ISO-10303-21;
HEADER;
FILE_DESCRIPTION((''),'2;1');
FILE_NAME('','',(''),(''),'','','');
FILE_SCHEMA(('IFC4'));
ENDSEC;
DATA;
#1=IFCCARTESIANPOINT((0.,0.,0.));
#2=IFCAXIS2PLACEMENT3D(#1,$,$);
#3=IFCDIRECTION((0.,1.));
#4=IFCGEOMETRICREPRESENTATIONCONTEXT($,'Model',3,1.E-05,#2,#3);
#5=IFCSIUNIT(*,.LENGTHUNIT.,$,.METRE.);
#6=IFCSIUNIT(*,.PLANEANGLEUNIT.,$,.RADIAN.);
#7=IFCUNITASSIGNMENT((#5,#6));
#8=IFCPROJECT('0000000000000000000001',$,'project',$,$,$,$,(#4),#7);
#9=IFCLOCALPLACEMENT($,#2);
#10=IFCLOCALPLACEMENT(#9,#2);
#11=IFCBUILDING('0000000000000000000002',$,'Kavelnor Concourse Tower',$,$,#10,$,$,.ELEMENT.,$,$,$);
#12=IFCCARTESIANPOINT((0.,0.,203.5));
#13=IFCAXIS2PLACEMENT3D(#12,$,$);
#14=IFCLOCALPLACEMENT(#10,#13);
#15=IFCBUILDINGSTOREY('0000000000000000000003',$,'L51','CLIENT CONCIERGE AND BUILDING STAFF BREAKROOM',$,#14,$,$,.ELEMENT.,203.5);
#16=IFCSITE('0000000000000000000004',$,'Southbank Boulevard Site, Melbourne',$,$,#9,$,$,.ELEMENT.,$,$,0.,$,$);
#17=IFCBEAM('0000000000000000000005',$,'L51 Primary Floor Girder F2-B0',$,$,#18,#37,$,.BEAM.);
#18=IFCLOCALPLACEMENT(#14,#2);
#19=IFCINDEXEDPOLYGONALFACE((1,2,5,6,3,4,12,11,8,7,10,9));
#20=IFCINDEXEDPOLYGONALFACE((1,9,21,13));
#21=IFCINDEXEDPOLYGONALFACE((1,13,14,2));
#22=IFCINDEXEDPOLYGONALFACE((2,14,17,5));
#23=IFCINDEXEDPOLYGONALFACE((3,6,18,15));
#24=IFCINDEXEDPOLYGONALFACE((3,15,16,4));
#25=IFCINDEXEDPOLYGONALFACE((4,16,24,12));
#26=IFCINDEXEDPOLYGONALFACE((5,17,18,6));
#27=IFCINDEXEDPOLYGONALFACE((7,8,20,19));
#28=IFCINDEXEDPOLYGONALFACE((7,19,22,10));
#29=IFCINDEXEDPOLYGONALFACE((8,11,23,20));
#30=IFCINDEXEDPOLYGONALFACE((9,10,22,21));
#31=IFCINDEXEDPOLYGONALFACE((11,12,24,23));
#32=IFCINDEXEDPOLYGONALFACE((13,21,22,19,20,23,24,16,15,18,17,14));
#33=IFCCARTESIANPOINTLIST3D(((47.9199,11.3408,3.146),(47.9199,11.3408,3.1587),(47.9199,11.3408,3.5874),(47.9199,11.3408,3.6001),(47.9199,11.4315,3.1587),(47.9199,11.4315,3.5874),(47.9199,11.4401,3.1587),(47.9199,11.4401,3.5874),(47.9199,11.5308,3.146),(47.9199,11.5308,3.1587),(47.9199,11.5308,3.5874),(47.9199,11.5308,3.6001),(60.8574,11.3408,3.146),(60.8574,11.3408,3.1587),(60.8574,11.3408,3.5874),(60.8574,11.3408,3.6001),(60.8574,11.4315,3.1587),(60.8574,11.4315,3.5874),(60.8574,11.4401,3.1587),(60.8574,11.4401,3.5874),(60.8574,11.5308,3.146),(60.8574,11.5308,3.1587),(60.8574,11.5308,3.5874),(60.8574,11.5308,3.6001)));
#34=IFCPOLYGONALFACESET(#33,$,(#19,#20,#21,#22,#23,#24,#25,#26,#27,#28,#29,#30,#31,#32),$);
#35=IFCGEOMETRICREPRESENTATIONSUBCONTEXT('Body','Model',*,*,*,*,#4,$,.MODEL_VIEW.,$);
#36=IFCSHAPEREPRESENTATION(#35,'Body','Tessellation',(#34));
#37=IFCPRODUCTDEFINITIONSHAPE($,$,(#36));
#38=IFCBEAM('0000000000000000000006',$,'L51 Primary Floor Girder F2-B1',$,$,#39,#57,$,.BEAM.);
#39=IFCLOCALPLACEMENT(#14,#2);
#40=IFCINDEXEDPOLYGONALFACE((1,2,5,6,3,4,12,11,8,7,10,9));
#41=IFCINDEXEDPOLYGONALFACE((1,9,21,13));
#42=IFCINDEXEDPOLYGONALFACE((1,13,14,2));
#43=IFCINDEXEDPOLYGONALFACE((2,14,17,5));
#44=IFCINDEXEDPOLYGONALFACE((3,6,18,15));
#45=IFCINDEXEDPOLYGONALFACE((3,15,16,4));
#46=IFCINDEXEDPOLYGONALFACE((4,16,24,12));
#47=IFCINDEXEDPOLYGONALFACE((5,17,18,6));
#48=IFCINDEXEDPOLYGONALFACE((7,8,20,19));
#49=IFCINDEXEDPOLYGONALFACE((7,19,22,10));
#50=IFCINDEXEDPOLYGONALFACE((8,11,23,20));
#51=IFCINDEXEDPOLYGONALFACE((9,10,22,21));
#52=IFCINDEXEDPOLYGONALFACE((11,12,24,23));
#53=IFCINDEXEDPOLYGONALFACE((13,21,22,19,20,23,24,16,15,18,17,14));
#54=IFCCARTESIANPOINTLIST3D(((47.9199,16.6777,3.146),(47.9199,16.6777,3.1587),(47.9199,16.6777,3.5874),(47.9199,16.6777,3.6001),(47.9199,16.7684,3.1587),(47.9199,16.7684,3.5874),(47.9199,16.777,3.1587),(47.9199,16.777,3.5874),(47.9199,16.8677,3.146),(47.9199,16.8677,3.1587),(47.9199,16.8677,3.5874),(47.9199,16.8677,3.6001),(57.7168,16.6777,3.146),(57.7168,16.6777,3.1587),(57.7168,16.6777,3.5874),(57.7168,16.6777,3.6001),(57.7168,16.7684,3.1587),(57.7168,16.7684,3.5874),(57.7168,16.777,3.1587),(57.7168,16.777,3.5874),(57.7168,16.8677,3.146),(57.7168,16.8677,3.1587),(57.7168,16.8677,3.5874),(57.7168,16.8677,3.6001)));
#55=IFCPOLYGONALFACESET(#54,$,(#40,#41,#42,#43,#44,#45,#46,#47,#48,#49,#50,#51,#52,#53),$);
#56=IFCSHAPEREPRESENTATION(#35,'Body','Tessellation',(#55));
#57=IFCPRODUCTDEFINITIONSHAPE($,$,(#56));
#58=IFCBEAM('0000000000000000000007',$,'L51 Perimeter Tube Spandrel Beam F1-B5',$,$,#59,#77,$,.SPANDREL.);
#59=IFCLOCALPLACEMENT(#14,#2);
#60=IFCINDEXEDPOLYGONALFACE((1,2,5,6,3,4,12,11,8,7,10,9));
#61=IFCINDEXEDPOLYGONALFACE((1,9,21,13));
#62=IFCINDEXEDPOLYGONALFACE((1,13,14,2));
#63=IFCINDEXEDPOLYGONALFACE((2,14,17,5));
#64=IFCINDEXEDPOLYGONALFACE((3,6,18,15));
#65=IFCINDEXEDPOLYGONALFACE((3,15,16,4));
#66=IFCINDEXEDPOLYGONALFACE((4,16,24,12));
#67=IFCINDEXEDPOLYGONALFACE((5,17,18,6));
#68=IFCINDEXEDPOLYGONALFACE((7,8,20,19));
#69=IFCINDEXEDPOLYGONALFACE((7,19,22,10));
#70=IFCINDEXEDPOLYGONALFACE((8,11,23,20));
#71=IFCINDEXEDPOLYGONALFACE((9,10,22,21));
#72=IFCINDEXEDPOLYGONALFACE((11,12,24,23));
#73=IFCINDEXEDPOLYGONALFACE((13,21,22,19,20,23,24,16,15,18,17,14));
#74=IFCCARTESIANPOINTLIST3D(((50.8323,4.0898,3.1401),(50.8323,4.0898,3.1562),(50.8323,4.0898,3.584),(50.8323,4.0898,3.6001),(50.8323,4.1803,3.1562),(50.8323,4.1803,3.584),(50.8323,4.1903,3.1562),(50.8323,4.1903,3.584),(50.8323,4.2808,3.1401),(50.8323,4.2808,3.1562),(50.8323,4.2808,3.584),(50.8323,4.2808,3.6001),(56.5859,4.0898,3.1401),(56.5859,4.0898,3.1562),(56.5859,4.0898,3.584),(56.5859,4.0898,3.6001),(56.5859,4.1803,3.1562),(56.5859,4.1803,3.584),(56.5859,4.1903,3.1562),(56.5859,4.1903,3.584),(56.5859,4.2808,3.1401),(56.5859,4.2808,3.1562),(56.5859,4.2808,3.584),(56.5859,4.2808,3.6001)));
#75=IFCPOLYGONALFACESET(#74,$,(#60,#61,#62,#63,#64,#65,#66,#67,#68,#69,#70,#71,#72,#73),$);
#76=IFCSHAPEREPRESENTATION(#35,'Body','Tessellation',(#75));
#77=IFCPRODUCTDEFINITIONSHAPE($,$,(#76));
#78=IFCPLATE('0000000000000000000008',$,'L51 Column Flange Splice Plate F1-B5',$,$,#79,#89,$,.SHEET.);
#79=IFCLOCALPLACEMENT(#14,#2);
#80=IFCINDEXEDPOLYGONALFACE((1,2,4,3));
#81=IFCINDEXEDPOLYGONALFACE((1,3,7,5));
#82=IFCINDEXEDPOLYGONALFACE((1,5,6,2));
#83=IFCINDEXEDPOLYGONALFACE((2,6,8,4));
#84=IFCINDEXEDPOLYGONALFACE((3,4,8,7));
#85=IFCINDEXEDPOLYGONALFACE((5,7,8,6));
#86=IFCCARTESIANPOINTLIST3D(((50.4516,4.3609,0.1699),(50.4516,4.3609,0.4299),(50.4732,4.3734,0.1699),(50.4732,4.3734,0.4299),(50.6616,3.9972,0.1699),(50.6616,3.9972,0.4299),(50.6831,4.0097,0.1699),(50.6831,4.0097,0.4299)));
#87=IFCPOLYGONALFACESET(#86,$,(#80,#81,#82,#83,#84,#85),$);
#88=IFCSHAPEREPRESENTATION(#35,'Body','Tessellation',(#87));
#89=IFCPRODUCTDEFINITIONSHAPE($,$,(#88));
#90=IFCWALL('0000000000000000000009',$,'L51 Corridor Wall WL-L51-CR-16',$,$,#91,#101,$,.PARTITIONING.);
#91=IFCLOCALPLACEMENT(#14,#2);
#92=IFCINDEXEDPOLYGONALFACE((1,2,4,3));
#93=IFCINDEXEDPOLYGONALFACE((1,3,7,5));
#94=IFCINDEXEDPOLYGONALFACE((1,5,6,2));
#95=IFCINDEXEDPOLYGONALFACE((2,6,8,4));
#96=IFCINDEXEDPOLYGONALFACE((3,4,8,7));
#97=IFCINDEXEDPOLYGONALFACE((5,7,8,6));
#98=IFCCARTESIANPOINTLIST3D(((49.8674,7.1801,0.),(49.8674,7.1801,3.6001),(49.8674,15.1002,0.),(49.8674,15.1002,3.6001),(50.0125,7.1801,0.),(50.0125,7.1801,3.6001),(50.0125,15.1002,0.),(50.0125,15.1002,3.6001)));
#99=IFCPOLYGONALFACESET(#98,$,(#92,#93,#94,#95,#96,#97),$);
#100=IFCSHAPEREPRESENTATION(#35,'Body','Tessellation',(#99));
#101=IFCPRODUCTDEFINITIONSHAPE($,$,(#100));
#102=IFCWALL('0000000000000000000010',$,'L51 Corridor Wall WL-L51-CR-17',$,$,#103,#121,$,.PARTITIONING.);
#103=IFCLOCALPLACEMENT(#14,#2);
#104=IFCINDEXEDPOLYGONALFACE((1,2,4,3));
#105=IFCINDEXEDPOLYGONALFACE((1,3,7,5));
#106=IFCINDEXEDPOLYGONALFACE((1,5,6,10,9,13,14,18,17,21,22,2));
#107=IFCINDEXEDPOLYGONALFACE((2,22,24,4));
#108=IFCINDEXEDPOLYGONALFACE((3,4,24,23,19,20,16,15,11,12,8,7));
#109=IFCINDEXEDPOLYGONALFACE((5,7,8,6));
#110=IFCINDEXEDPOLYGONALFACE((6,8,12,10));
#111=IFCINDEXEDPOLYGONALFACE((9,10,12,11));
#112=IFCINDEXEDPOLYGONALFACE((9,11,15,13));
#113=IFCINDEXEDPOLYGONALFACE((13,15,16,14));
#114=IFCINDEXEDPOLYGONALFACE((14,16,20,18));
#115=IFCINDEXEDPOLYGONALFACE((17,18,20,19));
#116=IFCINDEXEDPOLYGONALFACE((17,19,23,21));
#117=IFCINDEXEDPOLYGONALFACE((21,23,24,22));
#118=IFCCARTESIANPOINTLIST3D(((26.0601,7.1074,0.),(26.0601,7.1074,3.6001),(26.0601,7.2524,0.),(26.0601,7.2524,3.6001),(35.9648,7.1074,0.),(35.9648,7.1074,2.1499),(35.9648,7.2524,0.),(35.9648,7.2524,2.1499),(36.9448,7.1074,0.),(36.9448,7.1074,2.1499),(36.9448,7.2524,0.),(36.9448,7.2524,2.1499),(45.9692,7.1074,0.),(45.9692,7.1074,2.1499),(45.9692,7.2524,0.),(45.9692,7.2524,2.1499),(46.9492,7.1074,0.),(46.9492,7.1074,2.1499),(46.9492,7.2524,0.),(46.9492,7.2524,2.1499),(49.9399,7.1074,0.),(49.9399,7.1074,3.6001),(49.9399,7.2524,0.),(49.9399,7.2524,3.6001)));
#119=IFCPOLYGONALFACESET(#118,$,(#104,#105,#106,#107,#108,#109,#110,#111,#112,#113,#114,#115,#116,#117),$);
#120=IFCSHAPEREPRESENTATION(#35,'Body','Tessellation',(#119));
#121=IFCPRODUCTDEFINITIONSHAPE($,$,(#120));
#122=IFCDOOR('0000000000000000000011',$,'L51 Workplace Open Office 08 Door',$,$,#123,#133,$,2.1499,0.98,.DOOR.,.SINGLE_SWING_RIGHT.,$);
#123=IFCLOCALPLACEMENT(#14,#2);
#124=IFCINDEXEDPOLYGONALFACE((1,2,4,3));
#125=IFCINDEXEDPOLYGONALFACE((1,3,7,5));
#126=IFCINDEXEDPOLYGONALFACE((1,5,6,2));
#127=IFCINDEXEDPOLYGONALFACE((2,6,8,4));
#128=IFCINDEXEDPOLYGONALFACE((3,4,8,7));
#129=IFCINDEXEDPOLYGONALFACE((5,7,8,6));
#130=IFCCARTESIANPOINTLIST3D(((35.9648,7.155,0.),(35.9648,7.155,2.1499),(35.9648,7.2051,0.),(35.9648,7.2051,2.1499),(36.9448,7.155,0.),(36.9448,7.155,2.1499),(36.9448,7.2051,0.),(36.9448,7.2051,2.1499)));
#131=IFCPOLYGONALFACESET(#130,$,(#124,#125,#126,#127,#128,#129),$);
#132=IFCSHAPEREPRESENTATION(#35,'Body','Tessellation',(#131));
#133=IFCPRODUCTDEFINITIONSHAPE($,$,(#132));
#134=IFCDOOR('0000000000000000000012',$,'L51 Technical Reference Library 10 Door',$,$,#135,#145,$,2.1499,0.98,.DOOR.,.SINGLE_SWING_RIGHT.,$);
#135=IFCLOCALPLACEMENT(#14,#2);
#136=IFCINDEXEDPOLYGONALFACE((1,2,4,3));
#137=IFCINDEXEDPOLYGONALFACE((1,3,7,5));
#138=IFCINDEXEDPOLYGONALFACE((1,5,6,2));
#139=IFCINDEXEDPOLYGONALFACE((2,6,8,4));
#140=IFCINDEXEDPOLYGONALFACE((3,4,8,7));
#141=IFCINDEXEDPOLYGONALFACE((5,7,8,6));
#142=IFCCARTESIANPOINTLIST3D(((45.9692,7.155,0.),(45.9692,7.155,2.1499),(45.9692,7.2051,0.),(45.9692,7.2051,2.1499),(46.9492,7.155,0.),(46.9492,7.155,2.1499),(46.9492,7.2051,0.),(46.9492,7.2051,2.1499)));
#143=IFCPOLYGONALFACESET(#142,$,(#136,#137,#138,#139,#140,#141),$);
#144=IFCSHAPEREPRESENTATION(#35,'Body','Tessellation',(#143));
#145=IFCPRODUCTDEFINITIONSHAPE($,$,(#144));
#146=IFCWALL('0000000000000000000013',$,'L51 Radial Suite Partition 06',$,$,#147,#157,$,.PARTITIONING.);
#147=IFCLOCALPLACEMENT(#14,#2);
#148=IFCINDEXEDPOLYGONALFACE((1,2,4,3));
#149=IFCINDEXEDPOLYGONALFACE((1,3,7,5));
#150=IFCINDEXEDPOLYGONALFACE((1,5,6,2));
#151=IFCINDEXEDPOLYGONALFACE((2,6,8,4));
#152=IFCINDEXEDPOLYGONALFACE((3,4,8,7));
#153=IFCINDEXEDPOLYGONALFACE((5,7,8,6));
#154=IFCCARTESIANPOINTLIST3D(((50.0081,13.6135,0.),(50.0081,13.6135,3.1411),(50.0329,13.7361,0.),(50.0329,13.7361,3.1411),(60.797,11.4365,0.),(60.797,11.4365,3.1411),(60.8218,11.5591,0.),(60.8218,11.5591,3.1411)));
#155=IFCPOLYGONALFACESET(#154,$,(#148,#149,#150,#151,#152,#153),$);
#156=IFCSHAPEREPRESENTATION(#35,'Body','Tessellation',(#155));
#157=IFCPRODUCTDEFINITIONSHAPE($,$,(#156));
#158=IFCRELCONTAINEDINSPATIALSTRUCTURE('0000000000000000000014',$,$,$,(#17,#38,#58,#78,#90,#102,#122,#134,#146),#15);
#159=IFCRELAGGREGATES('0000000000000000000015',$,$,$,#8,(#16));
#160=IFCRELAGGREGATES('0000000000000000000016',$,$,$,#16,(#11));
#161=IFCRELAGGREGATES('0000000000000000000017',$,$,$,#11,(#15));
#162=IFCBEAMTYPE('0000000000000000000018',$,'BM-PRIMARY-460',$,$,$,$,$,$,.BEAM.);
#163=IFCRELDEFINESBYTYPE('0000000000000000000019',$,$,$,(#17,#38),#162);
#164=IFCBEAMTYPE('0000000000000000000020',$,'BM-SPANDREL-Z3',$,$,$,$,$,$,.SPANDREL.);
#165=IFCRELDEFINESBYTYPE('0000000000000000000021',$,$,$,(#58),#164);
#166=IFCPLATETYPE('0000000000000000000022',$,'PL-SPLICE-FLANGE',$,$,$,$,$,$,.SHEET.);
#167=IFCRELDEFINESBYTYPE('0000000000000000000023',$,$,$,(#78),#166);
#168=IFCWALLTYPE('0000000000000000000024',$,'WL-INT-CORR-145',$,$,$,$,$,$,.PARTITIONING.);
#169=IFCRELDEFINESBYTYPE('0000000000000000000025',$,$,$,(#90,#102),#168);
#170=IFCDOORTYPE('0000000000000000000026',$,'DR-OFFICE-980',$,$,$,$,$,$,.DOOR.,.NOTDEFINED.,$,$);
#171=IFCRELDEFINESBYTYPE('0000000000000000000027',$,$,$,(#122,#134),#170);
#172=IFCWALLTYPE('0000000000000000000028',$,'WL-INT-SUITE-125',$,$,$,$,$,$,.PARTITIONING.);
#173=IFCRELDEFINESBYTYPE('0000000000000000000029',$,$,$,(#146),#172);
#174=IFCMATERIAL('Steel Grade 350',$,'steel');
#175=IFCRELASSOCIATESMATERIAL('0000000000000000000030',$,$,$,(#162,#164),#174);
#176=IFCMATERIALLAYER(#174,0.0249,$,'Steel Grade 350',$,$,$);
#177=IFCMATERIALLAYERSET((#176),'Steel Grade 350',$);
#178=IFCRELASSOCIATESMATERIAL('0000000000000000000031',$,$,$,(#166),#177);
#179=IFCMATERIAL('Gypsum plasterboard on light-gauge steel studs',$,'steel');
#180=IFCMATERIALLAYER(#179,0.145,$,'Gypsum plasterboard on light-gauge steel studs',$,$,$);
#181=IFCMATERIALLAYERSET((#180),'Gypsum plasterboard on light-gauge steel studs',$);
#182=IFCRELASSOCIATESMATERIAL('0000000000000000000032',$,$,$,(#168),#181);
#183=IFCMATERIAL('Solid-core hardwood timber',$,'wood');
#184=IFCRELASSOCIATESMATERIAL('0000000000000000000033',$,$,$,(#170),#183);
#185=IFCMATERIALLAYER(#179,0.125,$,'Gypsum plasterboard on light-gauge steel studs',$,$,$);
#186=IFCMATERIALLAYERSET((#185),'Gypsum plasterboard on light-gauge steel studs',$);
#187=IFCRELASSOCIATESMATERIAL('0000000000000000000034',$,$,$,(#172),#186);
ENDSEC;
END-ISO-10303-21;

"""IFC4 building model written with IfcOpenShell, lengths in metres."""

from ifc_helpers import new_model, si_unit, direction, frame, frame_2d, origin, origin_2d, place, context, subcontext, project, spatial, rectangle, i_section, extrude, material, layer, layer_set, material_profile, profile_set, type_object, element, fill, save


model = new_model("IFC4")

# Units and contexts
model_context = context("Model", 3, precision=1e-05, world=origin(), true_north=direction((0.0, 1.0)))
body_context = subcontext(model_context, "Body", "Model", "MODEL_VIEW")
ifc_project = project(units=[si_unit("LENGTHUNIT", "METRE"), si_unit("PLANEANGLEUNIT", "RADIAN")], contexts=[model_context])

# Site, building, storey
site_placement = place(None, origin())
site = spatial("IfcSite", under=ifc_project, at=site_placement, Name="Southbank Boulevard Site, Melbourne", CompositionType="ELEMENT", RefElevation=0.0)
building_placement = place(site_placement, origin())
building = spatial("IfcBuilding", under=site, at=building_placement, Name="Kavelnor Concourse Tower", CompositionType="ELEMENT")
storey_placement = place(building_placement, frame((0.0, 0.0, 203.5)))
storey = spatial("IfcBuildingStorey", under=building, at=storey_placement, Name="L51", Description="CLIENT CONCIERGE AND BUILDING STAFF BREAKROOM", CompositionType="ELEMENT", Elevation=203.5)

# Shared definitions
ifc_material_1 = material(Name="Steel Grade 350", Category="steel")

# Beams
ifc_material_profile_1 = material_profile(ifc_material_1, i_section(OverallWidth=0.1899, OverallDepth=0.4541, WebThickness=0.0085, FlangeThickness=0.0127, at=origin_2d()), Name="460UB67")
ifc_profile_set_1 = profile_set([ifc_material_profile_1], Name="Steel Grade 350")
beam_type_1 = type_object("IfcBeamType", Name="BM-PRIMARY-460", PredefinedType="BEAM", material=ifc_profile_set_1)
beam_1_placement = place(storey_placement, frame((47.9199, 11.4358, 3.373), z_axis=(1.0, 0.0, 0.0), x_axis=(0.0, 1.0, 0.0)))
element("IfcBeam", 1, at=beam_1_placement, inside=storey, type_object=beam_type_1, Name="L51 Primary Floor Girder F2-B0", PredefinedType="BEAM", context=body_context, shape_type="SweptSolid", body=[
    extrude(i_section(OverallWidth=0.1899, OverallDepth=0.4541, WebThickness=0.0085, FlangeThickness=0.0127, at=origin_2d()), origin(), (0.0, 0.0, 1.0), 12.9375),
])
beam_2_placement = place(storey_placement, frame((47.9199, 16.7727, 3.373), z_axis=(1.0, 0.0, 0.0), x_axis=(0.0, 1.0, 0.0)))
element("IfcBeam", 2, at=beam_2_placement, inside=storey, type_object=beam_type_1, Name="L51 Primary Floor Girder F2-B1", PredefinedType="BEAM", context=body_context, shape_type="SweptSolid", body=[
    extrude(i_section(OverallWidth=0.1899, OverallDepth=0.4541, WebThickness=0.0085, FlangeThickness=0.0127, at=origin_2d()), origin(), (0.0, 0.0, 1.0), 9.7969),
])
ifc_material_profile_2 = material_profile(ifc_material_1, i_section(OverallWidth=0.1909, OverallDepth=0.46, WebThickness=0.01, FlangeThickness=0.0161, at=origin_2d()), Name="460UB82")
ifc_profile_set_2 = profile_set([ifc_material_profile_2], Name="Steel Grade 350")
beam_type_2 = type_object("IfcBeamType", Name="BM-SPANDREL-Z3", PredefinedType="SPANDREL", material=ifc_profile_set_2)
beam_3_placement = place(storey_placement, frame((50.8323, 4.1853, 3.3701), z_axis=(1.0, 0.0, 0.0), x_axis=(0.0, 1.0, 0.0)))
element("IfcBeam", 3, at=beam_3_placement, inside=storey, type_object=beam_type_2, Name="L51 Perimeter Tube Spandrel Beam F1-B5", PredefinedType="SPANDREL", context=body_context, shape_type="SweptSolid", body=[
    extrude(i_section(OverallWidth=0.1909, OverallDepth=0.46, WebThickness=0.01, FlangeThickness=0.0161, at=origin_2d()), origin(), (0.0, 0.0, 1.0), 5.7537),
])

# Plate
ifc_layer_1 = layer(ifc_material_1, 0.0249, Name="Steel Grade 350")
ifc_layer_set_1 = layer_set([ifc_layer_1], Name="Steel Grade 350")
plate_type = type_object("IfcPlateType", Name="PL-SPLICE-FLANGE", PredefinedType="SHEET", material=ifc_layer_set_1)
plate_placement = place(storey_placement, frame((50.5674, 4.1853, 0.1699), z_axis=(0.0, 0.0, 1.0), x_axis=(-0.5, 0.866025, 0.0)))
element("IfcPlate", 4, at=plate_placement, inside=storey, type_object=plate_type, Name="L51 Column Flange Splice Plate F1-B5", PredefinedType="SHEET", context=body_context, shape_type="SweptSolid", body=[
    extrude(rectangle(XDim=0.4199, YDim=0.0249, at=origin_2d()), origin(), (0.0, 0.0, 1.0), 0.26),
])

# Wall
ifc_material_2 = material(Name="Gypsum plasterboard on light-gauge steel studs", Category="steel")
ifc_layer_2 = layer(ifc_material_2, 0.145, Name="Gypsum plasterboard on light-gauge steel studs")
ifc_layer_set_2 = layer_set([ifc_layer_2], Name="Gypsum plasterboard on light-gauge steel studs")
wall_type_1 = type_object("IfcWallType", Name="WL-INT-CORR-145", PredefinedType="PARTITIONING", material=ifc_layer_set_2)
wall_1_placement = place(storey_placement, frame((49.9399, 15.1001, 0.0), z_axis=(0.0, 0.0, 1.0), x_axis=(0.0, -1.0, 0.0)))
element("IfcWall", 5, at=wall_1_placement, inside=storey, type_object=wall_type_1, Name="L51 Corridor Wall WL-L51-CR-16", PredefinedType="PARTITIONING", context=body_context, shape_type="SweptSolid", body=[
    extrude(rectangle(XDim=7.9202, YDim=0.145, at=frame_2d((3.96, 0.0))), origin(), (0.0, 0.0, 1.0), 3.6001),
])

# Wall, openings, doors
wall_2_placement = place(storey_placement, frame((49.9399, 7.1799, 0.0), z_axis=(0.0, 0.0, 1.0), x_axis=(-1.0, 0.0, 0.0)))
wall_2 = element("IfcWall", 6, at=wall_2_placement, inside=storey, type_object=wall_type_1, Name="L51 Corridor Wall WL-L51-CR-17", PredefinedType="PARTITIONING", context=body_context, shape_type="SweptSolid", body=[
    extrude(rectangle(XDim=23.8799, YDim=0.145, at=frame_2d((11.9399, 0.0))), origin(), (0.0, 0.0, 1.0), 3.6001),
])
opening_1_placement = place(wall_2_placement, frame((12.9951, 0.0, 0.0)))
opening_1 = element("IfcOpeningElement", 7, at=opening_1_placement, cuts=wall_2, PredefinedType="OPENING", context=body_context, shape_type="SweptSolid", body=[
    extrude(rectangle(XDim=0.98, YDim=2.1499, at=frame_2d((0.49, 1.075))), frame((0.0, 0.0825, 0.0), z_axis=(0.0, -1.0, 0.0), x_axis=(1.0, 0.0, 0.0)), (0.0, 0.0, 1.0), 0.165),
])
opening_2_placement = place(wall_2_placement, frame((2.9907, 0.0, 0.0)))
opening_2 = element("IfcOpeningElement", 8, at=opening_2_placement, cuts=wall_2, PredefinedType="OPENING", context=body_context, shape_type="SweptSolid", body=[
    extrude(rectangle(XDim=0.98, YDim=2.1499, at=frame_2d((0.49, 1.075))), frame((0.0, 0.0825, 0.0), z_axis=(0.0, -1.0, 0.0), x_axis=(1.0, 0.0, 0.0)), (0.0, 0.0, 1.0), 0.165),
])
ifc_material_3 = material(Name="Solid-core hardwood timber", Category="wood")
door_type = type_object("IfcDoorType", Name="DR-OFFICE-980", OperationType="NOTDEFINED", PredefinedType="DOOR", material=ifc_material_3)
door_1_placement = place(opening_1_placement, origin())
door_1 = element("IfcDoor", 9, at=door_1_placement, inside=storey, type_object=door_type, Name="L51 Workplace Open Office 08 Door", OperationType="SINGLE_SWING_RIGHT", OverallHeight=2.1499, OverallWidth=0.98, PredefinedType="DOOR", context=body_context, shape_type="SweptSolid", body=[
    extrude(rectangle(XDim=0.98, YDim=2.1499, at=frame_2d((0.49, 1.075))), frame((0.0, 0.0249, 0.0), z_axis=(0.0, -1.0, 0.0), x_axis=(1.0, 0.0, 0.0)), (0.0, 0.0, 1.0), 0.05),
])
fill(opening_1, door_1)
door_2_placement = place(opening_2_placement, origin())
door_2 = element("IfcDoor", 10, at=door_2_placement, inside=storey, type_object=door_type, Name="L51 Technical Reference Library 10 Door", OperationType="SINGLE_SWING_RIGHT", OverallHeight=2.1499, OverallWidth=0.98, PredefinedType="DOOR", context=body_context, shape_type="SweptSolid", body=[
    extrude(rectangle(XDim=0.98, YDim=2.1499, at=frame_2d((0.49, 1.075))), frame((0.0, 0.0249, 0.0), z_axis=(0.0, -1.0, 0.0), x_axis=(1.0, 0.0, 0.0)), (0.0, 0.0, 1.0), 0.05),
])
fill(opening_2, door_2)

# Wall
ifc_layer_3 = layer(ifc_material_2, 0.125, Name="Gypsum plasterboard on light-gauge steel studs")
ifc_layer_set_3 = layer_set([ifc_layer_3], Name="Gypsum plasterboard on light-gauge steel studs")
wall_type_2 = type_object("IfcWallType", Name="WL-INT-SUITE-125", PredefinedType="PARTITIONING", material=ifc_layer_set_3)
wall_3_placement = place(storey_placement, frame((50.0205, 13.6748, 0.0), z_axis=(0.0, 0.0, 1.0), x_axis=(0.980243, -0.197797, 0.0)))
element("IfcWall", 11, at=wall_3_placement, inside=storey, type_object=wall_type_2, Name="L51 Radial Suite Partition 06", PredefinedType="PARTITIONING", context=body_context, shape_type="SweptSolid", body=[
    extrude(rectangle(XDim=11.0063, YDim=0.125, at=frame_2d((5.5032, 0.0))), origin(), (0.0, 0.0, 1.0), 3.1411),
])

save(model, "model.ifc")
